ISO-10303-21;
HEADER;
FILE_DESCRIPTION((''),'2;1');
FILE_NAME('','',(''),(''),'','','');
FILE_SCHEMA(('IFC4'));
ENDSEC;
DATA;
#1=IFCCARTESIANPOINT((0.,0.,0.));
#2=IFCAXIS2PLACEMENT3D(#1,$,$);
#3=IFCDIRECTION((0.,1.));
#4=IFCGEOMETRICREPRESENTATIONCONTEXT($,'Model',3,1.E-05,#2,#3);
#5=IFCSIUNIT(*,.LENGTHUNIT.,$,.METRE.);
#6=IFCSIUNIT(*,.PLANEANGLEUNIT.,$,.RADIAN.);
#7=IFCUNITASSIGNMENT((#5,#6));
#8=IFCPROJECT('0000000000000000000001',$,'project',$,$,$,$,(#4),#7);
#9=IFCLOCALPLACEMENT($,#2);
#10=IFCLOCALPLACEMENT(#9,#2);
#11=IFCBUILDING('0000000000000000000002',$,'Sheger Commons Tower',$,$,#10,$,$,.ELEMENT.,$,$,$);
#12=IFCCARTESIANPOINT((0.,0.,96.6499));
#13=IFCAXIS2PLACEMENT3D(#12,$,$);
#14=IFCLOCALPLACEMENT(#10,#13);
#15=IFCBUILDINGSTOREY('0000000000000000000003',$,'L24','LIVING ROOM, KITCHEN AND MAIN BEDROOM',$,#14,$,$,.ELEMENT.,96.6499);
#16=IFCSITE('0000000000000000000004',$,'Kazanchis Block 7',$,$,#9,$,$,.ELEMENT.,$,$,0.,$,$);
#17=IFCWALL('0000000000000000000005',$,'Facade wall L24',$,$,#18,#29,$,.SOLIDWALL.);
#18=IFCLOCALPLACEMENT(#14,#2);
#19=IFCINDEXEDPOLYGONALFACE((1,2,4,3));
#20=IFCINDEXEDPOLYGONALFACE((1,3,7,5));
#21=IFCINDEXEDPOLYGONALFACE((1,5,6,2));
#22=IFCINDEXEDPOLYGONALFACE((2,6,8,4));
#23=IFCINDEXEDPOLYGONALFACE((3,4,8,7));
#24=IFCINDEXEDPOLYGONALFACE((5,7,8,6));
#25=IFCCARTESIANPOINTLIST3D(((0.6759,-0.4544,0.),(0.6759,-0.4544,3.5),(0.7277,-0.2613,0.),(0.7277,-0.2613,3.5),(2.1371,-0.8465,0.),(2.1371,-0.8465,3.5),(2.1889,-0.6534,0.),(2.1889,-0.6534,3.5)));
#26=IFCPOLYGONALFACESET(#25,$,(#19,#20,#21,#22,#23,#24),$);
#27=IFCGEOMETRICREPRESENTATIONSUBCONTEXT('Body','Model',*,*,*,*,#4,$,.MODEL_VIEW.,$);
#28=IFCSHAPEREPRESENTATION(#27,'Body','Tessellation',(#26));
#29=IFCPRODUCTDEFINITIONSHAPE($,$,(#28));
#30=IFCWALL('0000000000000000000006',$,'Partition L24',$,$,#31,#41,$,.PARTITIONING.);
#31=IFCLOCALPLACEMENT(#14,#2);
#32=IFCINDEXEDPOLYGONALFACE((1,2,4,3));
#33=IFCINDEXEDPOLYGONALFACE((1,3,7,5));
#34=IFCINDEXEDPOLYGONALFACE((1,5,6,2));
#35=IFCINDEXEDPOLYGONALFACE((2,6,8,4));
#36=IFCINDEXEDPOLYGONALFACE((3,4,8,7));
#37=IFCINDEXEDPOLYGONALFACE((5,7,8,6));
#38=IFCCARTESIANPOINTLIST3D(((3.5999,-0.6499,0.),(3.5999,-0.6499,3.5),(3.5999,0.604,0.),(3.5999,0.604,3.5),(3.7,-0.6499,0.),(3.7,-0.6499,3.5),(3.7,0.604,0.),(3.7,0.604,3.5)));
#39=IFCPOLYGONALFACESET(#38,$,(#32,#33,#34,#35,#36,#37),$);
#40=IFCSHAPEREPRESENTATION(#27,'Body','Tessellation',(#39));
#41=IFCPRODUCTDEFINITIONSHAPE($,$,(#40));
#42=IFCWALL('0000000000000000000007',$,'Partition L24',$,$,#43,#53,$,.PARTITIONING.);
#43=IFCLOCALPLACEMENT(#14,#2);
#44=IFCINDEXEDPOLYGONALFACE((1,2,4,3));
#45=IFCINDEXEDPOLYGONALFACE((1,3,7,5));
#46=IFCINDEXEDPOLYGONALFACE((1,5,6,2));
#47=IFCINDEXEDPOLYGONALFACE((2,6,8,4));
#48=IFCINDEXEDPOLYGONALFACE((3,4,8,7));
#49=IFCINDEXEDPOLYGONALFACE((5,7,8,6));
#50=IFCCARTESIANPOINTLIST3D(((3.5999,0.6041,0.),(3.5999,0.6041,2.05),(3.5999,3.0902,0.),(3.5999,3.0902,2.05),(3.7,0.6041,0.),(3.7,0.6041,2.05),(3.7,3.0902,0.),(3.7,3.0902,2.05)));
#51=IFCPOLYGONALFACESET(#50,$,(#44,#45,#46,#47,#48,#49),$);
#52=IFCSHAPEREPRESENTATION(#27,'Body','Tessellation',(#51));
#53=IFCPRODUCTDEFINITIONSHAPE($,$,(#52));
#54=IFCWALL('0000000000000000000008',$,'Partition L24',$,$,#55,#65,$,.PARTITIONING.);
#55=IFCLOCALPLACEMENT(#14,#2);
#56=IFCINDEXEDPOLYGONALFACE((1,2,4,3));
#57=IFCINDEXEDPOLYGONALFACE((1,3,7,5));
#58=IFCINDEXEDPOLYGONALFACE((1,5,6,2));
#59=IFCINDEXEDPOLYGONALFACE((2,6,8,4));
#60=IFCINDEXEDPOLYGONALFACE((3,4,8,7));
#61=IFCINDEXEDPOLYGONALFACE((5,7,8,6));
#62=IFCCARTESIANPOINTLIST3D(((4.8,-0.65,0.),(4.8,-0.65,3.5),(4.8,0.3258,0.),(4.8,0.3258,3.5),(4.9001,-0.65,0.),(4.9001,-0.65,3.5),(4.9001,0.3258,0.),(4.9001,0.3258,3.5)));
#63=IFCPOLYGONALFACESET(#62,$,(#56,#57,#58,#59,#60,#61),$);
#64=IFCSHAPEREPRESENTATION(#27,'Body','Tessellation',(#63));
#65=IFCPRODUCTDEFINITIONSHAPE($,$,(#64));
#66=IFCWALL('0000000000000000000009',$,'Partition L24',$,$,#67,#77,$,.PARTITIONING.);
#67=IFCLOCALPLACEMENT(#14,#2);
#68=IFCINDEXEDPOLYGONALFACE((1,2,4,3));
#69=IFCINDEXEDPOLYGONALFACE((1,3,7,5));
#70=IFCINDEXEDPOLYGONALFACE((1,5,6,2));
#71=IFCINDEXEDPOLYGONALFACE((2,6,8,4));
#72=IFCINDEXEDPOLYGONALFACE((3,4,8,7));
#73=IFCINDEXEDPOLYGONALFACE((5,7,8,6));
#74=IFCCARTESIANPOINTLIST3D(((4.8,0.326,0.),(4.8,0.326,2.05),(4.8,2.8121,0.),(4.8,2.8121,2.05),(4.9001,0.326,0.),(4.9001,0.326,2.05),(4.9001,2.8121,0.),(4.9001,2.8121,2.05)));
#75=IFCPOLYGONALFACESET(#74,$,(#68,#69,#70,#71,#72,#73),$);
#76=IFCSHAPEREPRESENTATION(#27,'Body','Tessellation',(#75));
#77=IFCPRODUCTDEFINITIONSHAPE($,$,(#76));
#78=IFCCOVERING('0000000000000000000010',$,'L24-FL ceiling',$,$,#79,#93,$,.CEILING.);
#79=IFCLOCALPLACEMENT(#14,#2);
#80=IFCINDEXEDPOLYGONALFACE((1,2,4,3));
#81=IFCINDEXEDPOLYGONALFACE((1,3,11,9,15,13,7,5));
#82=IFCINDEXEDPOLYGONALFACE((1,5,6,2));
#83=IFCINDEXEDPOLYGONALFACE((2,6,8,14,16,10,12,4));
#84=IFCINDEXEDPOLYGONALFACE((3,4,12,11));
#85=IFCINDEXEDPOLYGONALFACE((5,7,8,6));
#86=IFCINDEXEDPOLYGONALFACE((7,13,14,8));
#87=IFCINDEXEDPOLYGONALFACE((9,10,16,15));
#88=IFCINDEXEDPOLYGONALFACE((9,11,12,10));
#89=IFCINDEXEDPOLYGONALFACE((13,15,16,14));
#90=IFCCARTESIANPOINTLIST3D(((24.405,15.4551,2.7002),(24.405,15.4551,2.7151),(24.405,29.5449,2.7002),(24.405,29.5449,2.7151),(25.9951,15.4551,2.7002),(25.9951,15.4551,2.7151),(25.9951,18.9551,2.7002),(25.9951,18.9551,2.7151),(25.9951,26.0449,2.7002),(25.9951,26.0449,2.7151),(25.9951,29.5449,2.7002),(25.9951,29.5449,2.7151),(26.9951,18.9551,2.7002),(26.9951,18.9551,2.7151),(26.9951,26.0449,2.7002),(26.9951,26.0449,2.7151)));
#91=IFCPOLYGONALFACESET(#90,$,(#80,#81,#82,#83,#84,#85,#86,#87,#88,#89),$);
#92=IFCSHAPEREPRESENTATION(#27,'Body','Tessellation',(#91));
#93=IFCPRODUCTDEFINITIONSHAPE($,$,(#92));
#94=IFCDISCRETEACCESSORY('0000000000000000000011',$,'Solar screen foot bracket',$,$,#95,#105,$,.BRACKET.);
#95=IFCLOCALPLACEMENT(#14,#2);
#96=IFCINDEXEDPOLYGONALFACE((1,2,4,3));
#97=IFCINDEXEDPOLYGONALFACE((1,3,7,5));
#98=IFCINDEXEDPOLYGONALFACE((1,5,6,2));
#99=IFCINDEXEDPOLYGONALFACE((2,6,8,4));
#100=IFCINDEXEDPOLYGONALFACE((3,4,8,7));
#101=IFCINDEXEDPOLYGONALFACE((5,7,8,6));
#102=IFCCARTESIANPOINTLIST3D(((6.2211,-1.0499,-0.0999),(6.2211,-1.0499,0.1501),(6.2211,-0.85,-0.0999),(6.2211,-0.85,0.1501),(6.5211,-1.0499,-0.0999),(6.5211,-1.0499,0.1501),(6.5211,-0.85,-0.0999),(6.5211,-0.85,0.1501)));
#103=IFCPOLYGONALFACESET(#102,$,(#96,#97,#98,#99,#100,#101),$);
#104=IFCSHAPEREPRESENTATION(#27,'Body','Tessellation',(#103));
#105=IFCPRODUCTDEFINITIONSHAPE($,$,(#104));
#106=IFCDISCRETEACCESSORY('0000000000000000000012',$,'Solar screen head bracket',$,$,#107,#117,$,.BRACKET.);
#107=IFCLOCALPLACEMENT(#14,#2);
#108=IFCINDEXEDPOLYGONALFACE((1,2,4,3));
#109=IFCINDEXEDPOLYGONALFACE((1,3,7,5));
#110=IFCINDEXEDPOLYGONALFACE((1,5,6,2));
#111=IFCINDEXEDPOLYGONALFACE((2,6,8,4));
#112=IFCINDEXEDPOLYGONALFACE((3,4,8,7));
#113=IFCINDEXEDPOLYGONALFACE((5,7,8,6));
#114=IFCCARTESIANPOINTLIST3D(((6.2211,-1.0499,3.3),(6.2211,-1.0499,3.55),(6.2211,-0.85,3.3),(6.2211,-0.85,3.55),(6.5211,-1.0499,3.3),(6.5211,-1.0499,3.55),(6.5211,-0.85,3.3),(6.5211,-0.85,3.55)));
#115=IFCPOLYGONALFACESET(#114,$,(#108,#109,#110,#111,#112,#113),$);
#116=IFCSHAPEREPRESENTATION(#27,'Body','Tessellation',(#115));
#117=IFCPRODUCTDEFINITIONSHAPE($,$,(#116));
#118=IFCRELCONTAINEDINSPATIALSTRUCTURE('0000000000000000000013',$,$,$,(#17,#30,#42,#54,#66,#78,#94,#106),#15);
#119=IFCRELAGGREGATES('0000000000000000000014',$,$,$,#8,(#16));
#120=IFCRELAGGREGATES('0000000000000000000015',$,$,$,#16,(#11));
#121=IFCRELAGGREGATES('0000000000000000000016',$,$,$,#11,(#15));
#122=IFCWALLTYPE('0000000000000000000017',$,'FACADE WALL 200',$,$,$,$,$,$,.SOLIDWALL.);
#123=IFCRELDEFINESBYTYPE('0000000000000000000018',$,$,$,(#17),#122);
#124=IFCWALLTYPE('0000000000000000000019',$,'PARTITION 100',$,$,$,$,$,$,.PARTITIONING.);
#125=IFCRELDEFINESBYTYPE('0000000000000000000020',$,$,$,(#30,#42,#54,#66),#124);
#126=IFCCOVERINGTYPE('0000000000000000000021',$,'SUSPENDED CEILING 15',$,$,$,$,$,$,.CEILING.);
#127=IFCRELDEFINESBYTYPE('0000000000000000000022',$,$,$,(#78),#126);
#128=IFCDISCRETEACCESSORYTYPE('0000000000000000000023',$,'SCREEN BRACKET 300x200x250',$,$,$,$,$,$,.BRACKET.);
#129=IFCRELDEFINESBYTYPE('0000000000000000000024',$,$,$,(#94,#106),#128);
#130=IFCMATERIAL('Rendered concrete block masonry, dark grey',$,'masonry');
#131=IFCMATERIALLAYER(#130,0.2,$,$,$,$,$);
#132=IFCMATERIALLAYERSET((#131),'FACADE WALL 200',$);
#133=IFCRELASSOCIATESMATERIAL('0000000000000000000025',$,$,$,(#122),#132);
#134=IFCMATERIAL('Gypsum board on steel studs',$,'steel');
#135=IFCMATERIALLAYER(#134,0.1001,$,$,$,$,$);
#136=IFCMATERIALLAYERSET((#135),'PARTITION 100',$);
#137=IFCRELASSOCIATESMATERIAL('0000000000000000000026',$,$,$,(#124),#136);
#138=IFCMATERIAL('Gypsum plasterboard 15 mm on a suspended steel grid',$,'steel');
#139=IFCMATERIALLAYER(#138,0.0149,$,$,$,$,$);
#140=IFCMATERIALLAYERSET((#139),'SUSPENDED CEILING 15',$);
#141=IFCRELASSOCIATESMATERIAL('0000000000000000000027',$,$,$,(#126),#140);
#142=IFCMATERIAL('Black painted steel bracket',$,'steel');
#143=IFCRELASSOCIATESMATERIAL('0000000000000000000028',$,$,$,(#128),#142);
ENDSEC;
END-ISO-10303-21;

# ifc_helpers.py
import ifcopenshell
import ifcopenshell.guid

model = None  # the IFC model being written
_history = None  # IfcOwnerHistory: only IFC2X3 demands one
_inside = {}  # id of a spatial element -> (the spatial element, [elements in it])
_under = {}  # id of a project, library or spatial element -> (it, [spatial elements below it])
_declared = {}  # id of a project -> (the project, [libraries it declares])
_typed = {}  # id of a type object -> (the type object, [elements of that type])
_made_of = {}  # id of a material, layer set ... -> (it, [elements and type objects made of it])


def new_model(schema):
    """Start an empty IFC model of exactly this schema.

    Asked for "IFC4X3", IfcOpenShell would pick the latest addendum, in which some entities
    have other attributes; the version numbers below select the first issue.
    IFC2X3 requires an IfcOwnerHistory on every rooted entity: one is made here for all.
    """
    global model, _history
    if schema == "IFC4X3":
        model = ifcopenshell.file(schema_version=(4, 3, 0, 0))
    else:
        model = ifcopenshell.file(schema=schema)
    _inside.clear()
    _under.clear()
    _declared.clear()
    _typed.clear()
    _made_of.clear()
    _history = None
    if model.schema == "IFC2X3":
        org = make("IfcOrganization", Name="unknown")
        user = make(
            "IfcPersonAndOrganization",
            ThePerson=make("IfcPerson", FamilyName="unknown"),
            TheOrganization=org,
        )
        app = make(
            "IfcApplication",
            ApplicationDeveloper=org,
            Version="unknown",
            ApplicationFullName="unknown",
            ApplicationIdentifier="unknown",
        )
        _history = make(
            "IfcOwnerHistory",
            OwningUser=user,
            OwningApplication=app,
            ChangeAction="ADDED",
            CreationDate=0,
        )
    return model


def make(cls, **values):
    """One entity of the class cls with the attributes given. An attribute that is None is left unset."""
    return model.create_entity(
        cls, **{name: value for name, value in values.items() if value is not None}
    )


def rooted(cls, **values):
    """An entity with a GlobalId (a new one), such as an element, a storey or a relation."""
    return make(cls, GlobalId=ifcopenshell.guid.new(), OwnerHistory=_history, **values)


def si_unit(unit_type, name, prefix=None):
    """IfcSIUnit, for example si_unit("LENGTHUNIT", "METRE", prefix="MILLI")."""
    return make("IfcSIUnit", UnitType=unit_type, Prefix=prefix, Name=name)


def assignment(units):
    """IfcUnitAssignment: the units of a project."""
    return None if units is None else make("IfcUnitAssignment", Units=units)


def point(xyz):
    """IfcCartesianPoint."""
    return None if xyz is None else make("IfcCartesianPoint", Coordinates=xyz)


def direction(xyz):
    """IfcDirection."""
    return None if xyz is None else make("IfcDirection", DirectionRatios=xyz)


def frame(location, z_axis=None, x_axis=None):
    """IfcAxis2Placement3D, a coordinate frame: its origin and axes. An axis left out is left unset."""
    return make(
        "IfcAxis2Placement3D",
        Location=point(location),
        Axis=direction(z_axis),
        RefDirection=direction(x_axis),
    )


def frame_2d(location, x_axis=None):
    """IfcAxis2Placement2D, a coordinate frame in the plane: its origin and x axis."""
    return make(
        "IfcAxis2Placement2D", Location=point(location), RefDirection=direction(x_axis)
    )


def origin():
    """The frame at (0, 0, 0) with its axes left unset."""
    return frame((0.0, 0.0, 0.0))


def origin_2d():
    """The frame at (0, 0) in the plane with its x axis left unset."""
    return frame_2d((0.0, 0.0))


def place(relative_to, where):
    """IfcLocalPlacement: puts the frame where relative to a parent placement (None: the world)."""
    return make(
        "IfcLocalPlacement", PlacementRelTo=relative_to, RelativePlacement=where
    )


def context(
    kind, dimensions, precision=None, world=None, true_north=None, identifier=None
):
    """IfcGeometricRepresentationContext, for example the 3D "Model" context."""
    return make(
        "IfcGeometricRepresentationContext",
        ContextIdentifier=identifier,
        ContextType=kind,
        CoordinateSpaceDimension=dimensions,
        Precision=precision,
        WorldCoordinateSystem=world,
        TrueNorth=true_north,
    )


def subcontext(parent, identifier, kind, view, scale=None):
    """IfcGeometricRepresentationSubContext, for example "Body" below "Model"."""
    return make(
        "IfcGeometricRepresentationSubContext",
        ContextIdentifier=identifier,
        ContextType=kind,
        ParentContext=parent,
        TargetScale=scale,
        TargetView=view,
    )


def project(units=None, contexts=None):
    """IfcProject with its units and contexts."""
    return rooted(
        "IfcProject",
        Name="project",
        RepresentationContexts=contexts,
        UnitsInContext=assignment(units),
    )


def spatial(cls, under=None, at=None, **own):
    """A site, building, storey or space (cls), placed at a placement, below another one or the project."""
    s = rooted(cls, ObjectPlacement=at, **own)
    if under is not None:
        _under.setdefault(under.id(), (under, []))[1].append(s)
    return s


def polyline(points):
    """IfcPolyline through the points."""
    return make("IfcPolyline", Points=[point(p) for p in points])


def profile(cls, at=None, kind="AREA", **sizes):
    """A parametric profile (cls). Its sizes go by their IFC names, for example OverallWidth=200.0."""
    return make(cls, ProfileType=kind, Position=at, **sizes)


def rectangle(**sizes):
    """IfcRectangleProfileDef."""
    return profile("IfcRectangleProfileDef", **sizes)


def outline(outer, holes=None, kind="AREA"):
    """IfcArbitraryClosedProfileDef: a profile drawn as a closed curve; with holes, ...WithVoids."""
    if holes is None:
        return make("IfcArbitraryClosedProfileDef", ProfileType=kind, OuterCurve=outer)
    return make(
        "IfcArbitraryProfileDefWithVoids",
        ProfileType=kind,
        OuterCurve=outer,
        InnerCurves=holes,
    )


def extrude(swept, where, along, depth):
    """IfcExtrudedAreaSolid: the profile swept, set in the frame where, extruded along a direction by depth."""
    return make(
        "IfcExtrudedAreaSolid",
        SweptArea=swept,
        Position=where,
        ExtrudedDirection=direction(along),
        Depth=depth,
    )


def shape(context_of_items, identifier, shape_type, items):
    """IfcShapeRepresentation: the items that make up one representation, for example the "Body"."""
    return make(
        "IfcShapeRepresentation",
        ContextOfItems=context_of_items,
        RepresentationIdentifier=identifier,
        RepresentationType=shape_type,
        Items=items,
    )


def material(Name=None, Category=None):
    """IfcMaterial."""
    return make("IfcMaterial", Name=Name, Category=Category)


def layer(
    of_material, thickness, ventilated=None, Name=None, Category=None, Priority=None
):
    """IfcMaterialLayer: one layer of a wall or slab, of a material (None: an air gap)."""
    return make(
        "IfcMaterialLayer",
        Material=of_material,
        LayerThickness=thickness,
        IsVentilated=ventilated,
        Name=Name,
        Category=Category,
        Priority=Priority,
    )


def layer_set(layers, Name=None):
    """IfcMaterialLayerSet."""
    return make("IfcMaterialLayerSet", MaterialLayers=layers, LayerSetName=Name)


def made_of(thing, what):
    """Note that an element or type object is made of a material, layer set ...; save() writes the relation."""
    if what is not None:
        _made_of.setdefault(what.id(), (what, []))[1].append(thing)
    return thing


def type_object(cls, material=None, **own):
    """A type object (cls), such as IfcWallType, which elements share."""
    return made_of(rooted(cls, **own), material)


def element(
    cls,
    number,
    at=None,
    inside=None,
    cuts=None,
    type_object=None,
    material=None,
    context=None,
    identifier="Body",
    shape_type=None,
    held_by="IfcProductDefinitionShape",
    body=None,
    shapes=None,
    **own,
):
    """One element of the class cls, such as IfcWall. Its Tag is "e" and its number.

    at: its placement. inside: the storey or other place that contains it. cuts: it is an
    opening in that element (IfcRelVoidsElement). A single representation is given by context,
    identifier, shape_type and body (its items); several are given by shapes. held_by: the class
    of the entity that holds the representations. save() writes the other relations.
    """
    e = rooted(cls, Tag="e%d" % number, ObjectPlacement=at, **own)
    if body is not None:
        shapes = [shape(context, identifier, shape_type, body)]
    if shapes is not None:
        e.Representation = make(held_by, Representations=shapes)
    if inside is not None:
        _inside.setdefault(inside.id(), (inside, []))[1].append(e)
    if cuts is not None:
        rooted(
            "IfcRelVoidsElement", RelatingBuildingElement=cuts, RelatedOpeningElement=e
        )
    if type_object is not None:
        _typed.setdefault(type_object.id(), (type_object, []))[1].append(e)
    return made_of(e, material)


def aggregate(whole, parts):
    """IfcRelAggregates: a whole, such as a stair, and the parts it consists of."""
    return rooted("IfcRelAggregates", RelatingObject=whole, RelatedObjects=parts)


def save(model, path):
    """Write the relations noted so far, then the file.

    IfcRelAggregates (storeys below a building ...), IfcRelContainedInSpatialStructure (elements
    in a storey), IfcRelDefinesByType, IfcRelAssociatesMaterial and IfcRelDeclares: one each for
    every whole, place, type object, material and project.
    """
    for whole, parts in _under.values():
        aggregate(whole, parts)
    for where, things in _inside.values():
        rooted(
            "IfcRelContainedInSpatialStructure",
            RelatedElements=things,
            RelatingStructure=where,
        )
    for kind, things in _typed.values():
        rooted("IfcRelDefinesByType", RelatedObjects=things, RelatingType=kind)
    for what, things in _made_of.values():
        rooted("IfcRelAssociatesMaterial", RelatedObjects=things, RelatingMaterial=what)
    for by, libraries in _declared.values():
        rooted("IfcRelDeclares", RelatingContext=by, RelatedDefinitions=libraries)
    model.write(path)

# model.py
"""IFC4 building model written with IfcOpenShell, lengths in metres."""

from ifc_helpers import new_model, si_unit, direction, frame, frame_2d, origin, origin_2d, place, context, subcontext, project, spatial, polyline, rectangle, outline, extrude, material, layer, layer_set, type_object, element, save


model = new_model("IFC4")

# Units and contexts
model_context = context("Model", 3, precision=1e-05, world=origin(), true_north=direction((0.0, 1.0)))
body_context = subcontext(model_context, "Body", "Model", "MODEL_VIEW")
ifc_project = project(units=[si_unit("LENGTHUNIT", "METRE"), si_unit("PLANEANGLEUNIT", "RADIAN")], contexts=[model_context])

# Site, building, storey
site_placement = place(None, origin())
site = spatial("IfcSite", under=ifc_project, at=site_placement, Name="Kazanchis Block 7", CompositionType="ELEMENT", RefElevation=0.0)
building_placement = place(site_placement, origin())
building = spatial("IfcBuilding", under=site, at=building_placement, Name="Sheger Commons Tower", CompositionType="ELEMENT")
storey_placement = place(building_placement, frame((0.0, 0.0, 96.6499)))
storey = spatial("IfcBuildingStorey", under=building, at=storey_placement, Name="L24", Description="LIVING ROOM, KITCHEN AND MAIN BEDROOM", CompositionType="ELEMENT", Elevation=96.6499)

# Shared definitions
ifc_material_1 = material(Name="Rendered concrete block masonry, dark grey", Category="masonry")
ifc_layer_1 = layer(ifc_material_1, 0.2)
ifc_layer_set_1 = layer_set([ifc_layer_1], Name="FACADE WALL 200")
wall_type_1 = type_object("IfcWallType", Name="FACADE WALL 200", PredefinedType="SOLIDWALL", material=ifc_layer_set_1)

# Walls
wall_1_placement = place(storey_placement, frame((0.7019, -0.3579, 0.0), z_axis=(0.0, 0.0, 1.0), x_axis=(0.965832, -0.259169, 0.0)))
element("IfcWall", 1, at=wall_1_placement, inside=storey, type_object=wall_type_1, Name="Facade wall L24", PredefinedType="SOLIDWALL", context=body_context, shape_type="SweptSolid", body=[
    extrude(rectangle(XDim=1.5129, YDim=0.2, at=frame_2d((0.7563, 0.0))), origin(), (0.0, 0.0, 1.0), 3.5),
])
ifc_material_2 = material(Name="Gypsum board on steel studs", Category="steel")
ifc_layer_2 = layer(ifc_material_2, 0.1001)
ifc_layer_set_2 = layer_set([ifc_layer_2], Name="PARTITION 100")
wall_type_2 = type_object("IfcWallType", Name="PARTITION 100", PredefinedType="PARTITIONING", material=ifc_layer_set_2)
wall_2_placement = place(storey_placement, frame((3.6499, -0.6499, 0.0), z_axis=(0.0, 0.0, 1.0), x_axis=(0.0, 1.0, 0.0)))
element("IfcWall", 2, at=wall_2_placement, inside=storey, type_object=wall_type_2, Name="Partition L24", PredefinedType="PARTITIONING", context=body_context, shape_type="SweptSolid", body=[
    extrude(rectangle(XDim=1.2539, YDim=0.1001, at=frame_2d((0.627, 0.0))), origin(), (0.0, 0.0, 1.0), 3.5),
])
wall_3_placement = place(storey_placement, frame((3.6499, 0.604, 0.0), z_axis=(0.0, 0.0, 1.0), x_axis=(0.0, 1.0, 0.0)))
element("IfcWall", 3, at=wall_3_placement, inside=storey, type_object=wall_type_2, Name="Partition L24", PredefinedType="PARTITIONING", context=body_context, shape_type="SweptSolid", body=[
    extrude(rectangle(XDim=2.4861, YDim=0.1001, at=frame_2d((1.2432, 0.0))), origin(), (0.0, 0.0, 1.0), 2.05),
])
wall_4_placement = place(storey_placement, frame((4.8501, -0.6499, 0.0), z_axis=(0.0, 0.0, 1.0), x_axis=(0.0, 1.0, 0.0)))
element("IfcWall", 4, at=wall_4_placement, inside=storey, type_object=wall_type_2, Name="Partition L24", PredefinedType="PARTITIONING", context=body_context, shape_type="SweptSolid", body=[
    extrude(rectangle(XDim=0.9758, YDim=0.1001, at=frame_2d((0.4878, 0.0))), origin(), (0.0, 0.0, 1.0), 3.5),
])
wall_5_placement = place(storey_placement, frame((4.8501, 0.3259, 0.0), z_axis=(0.0, 0.0, 1.0), x_axis=(0.0, 1.0, 0.0)))
element("IfcWall", 5, at=wall_5_placement, inside=storey, type_object=wall_type_2, Name="Partition L24", PredefinedType="PARTITIONING", context=body_context, shape_type="SweptSolid", body=[
    extrude(rectangle(XDim=2.4861, YDim=0.1001, at=frame_2d((1.2432, 0.0))), origin(), (0.0, 0.0, 1.0), 2.05),
])

# Covering
ifc_material_3 = material(Name="Gypsum plasterboard 15 mm on a suspended steel grid", Category="steel")
ifc_layer_3 = layer(ifc_material_3, 0.0149)
ifc_layer_set_3 = layer_set([ifc_layer_3], Name="SUSPENDED CEILING 15")
covering_type = type_object("IfcCoveringType", Name="SUSPENDED CEILING 15", PredefinedType="CEILING", material=ifc_layer_set_3)
covering_placement = place(storey_placement, frame((0.0, 0.0, 2.7002)))
element("IfcCovering", 6, at=covering_placement, inside=storey, type_object=covering_type, Name="L24-FL ceiling", PredefinedType="CEILING", context=body_context, shape_type="SweptSolid", body=[
    extrude(outline(polyline([(24.405, 15.4551), (25.9951, 15.4551), (25.9951, 18.9551), (26.9951, 18.9551), (26.9951, 26.0449), (25.9951, 26.0449), (25.9951, 29.5449), (24.405, 29.5449), (24.405, 15.4551)])), origin(), (0.0, 0.0, 1.0), 0.0149),
])

# Discrete accessories
ifc_material_4 = material(Name="Black painted steel bracket", Category="steel")
discrete_accessory_type = type_object("IfcDiscreteAccessoryType", Name="SCREEN BRACKET 300x200x250", PredefinedType="BRACKET", material=ifc_material_4)
for number, where, z_axis, x_axis, name in (
    (7, (6.3711, -0.95, -0.0999), (0.0, 0.0, 1.0), (1.0, 0.0, 0.0), "Solar screen foot bracket"),
    (8, (6.3711, -0.95, 3.3), (0.0, 0.0, 1.0), (1.0, 0.0, 0.0), "Solar screen head bracket"),
):
    element("IfcDiscreteAccessory", number, at=place(storey_placement, frame(where, z_axis=z_axis, x_axis=x_axis)), inside=storey, type_object=discrete_accessory_type, Name=name, PredefinedType="BRACKET", context=body_context, shape_type="SweptSolid", body=[
        extrude(rectangle(XDim=0.3, YDim=0.2, at=origin_2d()), origin(), (0.0, 0.0, 1.0), 0.25),
    ])

save(model, "model.ifc")
